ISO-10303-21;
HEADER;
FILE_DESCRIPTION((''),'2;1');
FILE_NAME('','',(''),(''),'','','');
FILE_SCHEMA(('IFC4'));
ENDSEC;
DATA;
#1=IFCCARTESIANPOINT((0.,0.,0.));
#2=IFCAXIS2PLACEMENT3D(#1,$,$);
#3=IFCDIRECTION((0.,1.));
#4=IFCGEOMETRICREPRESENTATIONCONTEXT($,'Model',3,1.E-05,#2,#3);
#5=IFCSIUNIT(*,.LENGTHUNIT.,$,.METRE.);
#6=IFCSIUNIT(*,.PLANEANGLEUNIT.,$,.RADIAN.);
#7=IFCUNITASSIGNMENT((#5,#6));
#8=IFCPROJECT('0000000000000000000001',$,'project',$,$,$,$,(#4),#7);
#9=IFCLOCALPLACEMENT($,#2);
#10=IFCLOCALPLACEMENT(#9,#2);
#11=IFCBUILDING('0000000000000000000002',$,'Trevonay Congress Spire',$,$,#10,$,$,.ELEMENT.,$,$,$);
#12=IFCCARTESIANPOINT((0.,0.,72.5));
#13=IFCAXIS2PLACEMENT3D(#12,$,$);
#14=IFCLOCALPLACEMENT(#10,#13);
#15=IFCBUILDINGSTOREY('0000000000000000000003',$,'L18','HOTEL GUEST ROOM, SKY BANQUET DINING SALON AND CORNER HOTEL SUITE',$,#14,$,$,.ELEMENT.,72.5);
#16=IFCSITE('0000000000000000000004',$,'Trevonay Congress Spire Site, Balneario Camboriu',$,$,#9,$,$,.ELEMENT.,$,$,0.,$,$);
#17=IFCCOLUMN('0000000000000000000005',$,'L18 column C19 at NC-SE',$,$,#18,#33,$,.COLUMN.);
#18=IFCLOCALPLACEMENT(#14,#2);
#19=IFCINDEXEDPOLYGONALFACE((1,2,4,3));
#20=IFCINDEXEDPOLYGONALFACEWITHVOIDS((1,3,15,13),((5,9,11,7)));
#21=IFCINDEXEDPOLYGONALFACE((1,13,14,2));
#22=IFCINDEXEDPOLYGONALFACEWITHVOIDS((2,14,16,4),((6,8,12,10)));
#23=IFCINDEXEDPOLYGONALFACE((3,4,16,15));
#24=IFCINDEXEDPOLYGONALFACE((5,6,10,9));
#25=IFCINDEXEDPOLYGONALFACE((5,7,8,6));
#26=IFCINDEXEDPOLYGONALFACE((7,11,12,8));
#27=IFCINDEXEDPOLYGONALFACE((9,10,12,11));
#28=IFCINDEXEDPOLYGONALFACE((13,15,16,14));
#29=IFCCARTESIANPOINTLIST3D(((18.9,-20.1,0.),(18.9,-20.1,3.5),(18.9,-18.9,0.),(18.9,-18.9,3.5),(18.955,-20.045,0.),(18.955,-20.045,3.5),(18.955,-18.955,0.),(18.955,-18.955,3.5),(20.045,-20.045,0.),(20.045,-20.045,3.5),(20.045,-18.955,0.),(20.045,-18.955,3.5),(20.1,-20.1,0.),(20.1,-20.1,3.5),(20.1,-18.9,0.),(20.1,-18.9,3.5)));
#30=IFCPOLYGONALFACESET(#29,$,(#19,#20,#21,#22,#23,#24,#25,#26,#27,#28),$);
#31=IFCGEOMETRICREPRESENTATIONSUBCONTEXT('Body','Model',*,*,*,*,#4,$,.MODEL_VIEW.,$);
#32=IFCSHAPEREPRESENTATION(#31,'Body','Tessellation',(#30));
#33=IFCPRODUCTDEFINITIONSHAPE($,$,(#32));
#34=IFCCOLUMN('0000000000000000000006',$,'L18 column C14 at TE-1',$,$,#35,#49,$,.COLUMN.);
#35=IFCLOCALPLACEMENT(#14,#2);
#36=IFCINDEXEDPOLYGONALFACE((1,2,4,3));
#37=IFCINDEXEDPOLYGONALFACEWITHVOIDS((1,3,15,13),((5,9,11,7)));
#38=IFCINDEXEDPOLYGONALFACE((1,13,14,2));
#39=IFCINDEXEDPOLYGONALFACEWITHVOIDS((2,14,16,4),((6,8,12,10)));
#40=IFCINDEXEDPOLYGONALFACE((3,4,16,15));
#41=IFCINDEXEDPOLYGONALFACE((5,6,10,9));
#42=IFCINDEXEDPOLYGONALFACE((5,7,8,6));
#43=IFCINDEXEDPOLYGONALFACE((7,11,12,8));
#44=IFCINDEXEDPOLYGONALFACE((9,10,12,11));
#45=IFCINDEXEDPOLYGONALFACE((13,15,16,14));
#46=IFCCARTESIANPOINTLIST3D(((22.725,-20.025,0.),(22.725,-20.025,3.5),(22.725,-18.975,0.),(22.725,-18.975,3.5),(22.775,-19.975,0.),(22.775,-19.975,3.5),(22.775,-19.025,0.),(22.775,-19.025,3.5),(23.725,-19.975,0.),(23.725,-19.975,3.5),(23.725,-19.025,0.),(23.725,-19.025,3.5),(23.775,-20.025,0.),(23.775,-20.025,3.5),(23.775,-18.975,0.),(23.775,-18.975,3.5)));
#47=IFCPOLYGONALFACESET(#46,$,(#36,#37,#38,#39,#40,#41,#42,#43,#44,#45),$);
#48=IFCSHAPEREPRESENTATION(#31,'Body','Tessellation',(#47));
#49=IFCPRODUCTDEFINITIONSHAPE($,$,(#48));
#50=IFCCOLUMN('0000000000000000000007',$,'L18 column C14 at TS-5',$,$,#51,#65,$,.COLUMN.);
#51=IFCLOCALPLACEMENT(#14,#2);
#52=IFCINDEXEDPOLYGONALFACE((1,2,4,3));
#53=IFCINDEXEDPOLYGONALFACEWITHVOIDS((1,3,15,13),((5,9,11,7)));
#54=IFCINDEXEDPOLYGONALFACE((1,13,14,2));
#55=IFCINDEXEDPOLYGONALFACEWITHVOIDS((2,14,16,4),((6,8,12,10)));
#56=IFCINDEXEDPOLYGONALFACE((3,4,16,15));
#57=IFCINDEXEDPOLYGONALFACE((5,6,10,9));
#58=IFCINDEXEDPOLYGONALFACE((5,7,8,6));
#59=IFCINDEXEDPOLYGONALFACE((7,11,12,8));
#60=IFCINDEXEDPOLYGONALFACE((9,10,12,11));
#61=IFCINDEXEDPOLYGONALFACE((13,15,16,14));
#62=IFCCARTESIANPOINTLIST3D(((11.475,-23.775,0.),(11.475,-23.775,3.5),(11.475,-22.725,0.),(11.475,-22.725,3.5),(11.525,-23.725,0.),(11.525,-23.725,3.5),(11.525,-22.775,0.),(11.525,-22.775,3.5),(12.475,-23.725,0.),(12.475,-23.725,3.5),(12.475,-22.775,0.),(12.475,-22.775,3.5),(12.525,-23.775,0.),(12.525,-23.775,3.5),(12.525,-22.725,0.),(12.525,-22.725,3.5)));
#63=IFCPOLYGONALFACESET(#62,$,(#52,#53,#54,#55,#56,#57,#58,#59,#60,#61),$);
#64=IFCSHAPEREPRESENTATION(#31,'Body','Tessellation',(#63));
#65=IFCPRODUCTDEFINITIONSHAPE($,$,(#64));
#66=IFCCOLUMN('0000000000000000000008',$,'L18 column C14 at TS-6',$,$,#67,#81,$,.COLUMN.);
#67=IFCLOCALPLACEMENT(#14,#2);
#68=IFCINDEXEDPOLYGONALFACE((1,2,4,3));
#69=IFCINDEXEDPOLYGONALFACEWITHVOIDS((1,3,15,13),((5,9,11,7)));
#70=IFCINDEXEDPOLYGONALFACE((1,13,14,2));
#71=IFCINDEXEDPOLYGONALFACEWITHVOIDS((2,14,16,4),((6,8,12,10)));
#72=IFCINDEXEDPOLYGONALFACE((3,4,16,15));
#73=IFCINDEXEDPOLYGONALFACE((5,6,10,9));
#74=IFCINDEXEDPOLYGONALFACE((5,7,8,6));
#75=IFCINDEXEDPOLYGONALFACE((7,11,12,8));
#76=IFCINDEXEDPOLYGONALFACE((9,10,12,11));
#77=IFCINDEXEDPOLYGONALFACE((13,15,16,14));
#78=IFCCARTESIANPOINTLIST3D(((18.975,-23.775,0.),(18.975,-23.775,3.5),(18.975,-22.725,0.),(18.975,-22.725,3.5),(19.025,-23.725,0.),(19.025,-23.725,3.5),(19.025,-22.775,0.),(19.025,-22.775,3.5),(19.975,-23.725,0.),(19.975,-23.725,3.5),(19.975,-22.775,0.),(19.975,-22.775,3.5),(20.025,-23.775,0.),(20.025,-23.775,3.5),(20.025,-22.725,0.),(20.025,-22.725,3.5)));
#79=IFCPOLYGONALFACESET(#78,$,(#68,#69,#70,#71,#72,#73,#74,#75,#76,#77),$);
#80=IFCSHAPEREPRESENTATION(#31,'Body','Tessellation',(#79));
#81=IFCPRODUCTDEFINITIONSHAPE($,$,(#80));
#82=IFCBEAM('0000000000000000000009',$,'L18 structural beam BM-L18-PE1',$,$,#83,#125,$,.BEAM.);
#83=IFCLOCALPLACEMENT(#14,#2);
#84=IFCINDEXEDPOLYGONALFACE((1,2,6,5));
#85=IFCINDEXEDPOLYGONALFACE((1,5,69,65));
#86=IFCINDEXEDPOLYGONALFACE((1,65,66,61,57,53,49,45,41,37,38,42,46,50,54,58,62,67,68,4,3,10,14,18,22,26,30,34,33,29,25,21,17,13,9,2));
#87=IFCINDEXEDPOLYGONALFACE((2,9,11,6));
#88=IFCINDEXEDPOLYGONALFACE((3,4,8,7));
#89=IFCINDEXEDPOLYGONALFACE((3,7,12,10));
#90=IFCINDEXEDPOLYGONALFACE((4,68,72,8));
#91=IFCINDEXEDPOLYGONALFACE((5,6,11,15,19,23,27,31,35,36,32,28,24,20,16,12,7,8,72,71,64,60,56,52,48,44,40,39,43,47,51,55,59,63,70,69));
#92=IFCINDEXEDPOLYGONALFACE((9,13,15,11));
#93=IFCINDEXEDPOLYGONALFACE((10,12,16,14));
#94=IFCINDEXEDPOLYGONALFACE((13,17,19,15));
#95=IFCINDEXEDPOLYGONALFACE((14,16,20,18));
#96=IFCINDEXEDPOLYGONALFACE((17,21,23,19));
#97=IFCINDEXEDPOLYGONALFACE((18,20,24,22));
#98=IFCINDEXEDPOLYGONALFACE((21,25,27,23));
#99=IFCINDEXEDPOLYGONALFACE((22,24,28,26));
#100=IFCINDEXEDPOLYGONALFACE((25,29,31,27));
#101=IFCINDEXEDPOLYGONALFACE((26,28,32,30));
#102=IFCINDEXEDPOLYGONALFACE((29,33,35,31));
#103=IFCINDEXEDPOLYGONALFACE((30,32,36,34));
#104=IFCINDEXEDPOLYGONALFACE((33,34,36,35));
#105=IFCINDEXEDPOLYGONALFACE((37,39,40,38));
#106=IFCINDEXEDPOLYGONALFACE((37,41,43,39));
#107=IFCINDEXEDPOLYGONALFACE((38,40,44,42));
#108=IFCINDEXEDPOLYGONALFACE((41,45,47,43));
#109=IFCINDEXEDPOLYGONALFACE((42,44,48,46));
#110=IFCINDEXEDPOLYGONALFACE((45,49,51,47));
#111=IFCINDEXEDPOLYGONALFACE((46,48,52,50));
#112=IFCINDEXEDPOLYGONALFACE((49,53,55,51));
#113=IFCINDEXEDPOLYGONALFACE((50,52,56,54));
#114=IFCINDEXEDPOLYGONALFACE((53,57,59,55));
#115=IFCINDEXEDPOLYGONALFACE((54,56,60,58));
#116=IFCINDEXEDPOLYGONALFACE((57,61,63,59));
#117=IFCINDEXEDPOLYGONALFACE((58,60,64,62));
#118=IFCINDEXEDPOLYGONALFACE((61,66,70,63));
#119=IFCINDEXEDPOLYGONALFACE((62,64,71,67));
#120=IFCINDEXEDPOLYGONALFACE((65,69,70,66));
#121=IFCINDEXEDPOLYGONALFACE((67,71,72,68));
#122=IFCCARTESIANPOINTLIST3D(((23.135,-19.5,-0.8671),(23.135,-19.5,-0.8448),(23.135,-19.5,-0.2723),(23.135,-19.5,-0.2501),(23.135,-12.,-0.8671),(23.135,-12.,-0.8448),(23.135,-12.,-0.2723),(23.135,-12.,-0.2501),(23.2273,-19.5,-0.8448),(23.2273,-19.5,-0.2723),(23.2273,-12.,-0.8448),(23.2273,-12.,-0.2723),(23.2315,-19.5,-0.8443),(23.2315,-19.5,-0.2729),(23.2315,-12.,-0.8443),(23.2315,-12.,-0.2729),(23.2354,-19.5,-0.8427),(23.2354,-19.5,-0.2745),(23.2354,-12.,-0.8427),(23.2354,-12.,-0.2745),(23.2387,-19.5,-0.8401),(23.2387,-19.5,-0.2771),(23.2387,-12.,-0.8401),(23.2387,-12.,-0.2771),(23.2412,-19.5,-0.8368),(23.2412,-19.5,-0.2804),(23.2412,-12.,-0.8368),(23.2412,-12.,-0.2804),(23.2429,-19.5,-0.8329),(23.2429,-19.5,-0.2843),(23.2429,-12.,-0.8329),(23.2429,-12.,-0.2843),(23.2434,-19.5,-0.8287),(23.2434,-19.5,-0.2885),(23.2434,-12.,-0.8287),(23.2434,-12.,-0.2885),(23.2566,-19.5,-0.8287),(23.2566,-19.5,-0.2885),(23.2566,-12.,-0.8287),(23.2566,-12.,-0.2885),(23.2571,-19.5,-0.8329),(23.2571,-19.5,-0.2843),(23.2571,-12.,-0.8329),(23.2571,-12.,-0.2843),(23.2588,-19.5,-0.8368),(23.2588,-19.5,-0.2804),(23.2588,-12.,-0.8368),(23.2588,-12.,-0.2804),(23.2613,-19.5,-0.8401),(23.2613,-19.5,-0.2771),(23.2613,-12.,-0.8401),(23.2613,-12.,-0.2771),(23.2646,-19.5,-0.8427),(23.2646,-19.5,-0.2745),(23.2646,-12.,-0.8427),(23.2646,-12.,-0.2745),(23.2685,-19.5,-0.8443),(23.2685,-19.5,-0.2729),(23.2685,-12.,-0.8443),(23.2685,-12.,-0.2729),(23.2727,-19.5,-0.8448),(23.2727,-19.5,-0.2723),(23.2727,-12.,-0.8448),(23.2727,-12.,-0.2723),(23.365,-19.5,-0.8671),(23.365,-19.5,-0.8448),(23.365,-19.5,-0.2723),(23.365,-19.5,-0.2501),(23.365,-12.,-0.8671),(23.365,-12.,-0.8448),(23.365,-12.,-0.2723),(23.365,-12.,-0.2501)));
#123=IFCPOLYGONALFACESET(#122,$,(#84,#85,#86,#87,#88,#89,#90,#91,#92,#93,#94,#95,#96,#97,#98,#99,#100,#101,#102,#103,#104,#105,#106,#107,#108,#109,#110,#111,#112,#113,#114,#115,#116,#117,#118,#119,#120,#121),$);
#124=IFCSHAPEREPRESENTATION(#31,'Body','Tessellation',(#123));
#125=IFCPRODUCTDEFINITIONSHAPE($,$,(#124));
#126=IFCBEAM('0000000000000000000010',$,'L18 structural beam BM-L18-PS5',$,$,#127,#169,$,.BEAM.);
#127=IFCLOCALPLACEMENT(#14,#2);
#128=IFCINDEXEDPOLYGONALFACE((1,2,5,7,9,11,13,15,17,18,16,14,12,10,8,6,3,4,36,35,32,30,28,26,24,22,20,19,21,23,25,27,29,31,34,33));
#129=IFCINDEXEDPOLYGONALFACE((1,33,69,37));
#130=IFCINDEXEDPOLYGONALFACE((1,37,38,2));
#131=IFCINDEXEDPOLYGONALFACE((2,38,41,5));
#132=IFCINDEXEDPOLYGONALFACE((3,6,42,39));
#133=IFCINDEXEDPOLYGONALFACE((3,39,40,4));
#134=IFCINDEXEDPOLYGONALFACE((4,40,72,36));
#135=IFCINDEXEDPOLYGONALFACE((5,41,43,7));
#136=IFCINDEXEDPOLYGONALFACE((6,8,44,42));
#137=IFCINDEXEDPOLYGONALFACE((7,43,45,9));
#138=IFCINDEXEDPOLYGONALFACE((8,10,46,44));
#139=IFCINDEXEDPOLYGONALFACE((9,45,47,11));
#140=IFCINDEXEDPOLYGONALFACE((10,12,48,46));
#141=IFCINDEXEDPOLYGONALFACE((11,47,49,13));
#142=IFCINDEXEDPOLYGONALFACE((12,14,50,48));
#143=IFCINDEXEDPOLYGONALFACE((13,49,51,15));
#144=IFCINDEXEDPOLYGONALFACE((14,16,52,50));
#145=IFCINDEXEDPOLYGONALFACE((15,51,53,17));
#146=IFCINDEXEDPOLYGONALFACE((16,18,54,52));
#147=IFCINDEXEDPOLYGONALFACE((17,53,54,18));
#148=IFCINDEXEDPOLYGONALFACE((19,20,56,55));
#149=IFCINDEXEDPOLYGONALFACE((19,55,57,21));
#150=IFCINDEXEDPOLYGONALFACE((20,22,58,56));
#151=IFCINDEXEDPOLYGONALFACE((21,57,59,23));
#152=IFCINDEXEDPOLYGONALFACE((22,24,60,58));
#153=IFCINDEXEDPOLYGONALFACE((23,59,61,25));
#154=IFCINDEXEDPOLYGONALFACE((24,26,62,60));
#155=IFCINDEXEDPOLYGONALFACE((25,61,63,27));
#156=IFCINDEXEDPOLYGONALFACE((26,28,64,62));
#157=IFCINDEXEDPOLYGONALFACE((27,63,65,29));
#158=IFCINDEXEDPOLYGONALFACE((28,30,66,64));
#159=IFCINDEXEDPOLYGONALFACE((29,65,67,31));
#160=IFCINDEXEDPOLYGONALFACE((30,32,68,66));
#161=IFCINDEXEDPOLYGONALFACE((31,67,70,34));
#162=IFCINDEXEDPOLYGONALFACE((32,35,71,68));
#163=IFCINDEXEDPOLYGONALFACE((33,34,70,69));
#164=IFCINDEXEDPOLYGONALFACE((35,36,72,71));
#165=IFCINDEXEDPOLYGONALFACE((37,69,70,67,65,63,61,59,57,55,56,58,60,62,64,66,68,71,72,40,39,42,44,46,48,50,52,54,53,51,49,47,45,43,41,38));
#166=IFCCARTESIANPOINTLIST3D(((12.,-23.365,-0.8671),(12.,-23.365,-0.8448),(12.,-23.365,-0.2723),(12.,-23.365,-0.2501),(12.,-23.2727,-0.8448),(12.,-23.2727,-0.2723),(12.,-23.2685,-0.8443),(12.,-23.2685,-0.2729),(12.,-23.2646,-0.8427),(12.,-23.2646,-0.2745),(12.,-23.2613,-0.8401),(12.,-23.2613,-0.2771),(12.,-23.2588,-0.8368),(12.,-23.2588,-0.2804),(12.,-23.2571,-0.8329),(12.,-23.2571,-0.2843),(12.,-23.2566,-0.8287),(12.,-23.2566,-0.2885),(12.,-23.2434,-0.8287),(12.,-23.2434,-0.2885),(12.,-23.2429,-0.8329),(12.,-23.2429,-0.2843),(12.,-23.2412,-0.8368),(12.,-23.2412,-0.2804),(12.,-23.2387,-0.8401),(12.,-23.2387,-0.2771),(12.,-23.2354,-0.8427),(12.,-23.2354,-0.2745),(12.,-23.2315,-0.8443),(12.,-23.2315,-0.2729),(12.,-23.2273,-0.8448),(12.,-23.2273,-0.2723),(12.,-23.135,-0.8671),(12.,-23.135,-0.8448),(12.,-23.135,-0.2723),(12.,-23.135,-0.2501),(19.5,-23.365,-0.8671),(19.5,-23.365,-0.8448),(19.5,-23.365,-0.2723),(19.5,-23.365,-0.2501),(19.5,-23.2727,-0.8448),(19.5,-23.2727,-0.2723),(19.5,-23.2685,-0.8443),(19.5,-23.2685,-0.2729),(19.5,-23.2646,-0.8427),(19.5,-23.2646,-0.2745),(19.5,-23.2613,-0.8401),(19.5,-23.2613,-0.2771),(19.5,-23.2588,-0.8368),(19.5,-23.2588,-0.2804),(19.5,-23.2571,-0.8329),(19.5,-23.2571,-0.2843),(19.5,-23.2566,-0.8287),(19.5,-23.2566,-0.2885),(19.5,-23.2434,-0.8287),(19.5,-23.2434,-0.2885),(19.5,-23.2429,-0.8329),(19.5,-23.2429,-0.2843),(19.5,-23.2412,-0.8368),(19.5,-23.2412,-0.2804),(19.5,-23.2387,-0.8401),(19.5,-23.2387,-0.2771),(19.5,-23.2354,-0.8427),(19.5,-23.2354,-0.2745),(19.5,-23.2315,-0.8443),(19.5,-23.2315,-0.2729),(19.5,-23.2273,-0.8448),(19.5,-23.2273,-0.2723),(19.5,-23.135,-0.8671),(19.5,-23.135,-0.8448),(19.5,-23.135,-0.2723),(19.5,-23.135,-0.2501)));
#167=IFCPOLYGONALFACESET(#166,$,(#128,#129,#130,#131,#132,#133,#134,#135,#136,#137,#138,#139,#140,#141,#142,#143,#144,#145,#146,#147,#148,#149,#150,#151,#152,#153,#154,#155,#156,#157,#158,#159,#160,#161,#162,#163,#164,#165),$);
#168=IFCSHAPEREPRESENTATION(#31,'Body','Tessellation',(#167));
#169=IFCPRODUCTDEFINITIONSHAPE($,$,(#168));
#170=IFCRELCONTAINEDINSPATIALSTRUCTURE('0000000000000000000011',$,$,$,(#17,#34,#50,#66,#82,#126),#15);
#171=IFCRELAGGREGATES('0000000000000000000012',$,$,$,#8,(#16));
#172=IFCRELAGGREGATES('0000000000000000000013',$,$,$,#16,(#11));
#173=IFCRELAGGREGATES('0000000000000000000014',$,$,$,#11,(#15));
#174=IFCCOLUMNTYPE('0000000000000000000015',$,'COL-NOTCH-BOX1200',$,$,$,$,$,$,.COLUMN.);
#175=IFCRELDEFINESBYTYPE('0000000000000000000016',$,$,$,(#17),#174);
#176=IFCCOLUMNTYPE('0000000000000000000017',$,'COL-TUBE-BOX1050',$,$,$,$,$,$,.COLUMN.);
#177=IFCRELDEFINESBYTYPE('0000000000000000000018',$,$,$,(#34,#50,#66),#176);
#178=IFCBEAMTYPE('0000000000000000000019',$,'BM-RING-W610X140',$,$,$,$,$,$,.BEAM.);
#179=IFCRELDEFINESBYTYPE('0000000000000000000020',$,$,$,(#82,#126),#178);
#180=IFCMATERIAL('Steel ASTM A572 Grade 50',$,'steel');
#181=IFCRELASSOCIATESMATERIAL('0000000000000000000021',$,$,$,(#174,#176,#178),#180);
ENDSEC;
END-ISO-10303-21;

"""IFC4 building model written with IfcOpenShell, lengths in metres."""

from ifc_helpers import new_model, si_unit, direction, frame, origin, origin_2d, place, context, subcontext, project, spatial, hollow_rectangle, i_section, extrude, material, material_profile, profile_set, type_object, element, save


model = new_model("IFC4")

# Units and contexts
model_context = context("Model", 3, precision=1e-05, world=origin(), true_north=direction((0.0, 1.0)))
body_context = subcontext(model_context, "Body", "Model", "MODEL_VIEW")
ifc_project = project(units=[si_unit("LENGTHUNIT", "METRE"), si_unit("PLANEANGLEUNIT", "RADIAN")], contexts=[model_context])

# Site, building, storey
site_placement = place(None, origin())
site = spatial("IfcSite", under=ifc_project, at=site_placement, Name="Trevonay Congress Spire Site, Balneario Camboriu", CompositionType="ELEMENT", RefElevation=0.0)
building_placement = place(site_placement, origin())
building = spatial("IfcBuilding", under=site, at=building_placement, Name="Trevonay Congress Spire", CompositionType="ELEMENT")
storey_placement = place(building_placement, frame((0.0, 0.0, 72.5)))
storey = spatial("IfcBuildingStorey", under=building, at=storey_placement, Name="L18", Description="HOTEL GUEST ROOM, SKY BANQUET DINING SALON AND CORNER HOTEL SUITE", CompositionType="ELEMENT", Elevation=72.5)

# Columns
ifc_material_1 = material(Name="Steel ASTM A572 Grade 50", Category="steel")
ifc_material_profile_1 = material_profile(ifc_material_1, hollow_rectangle(XDim=1.2, YDim=1.2, WallThickness=0.0549, at=origin_2d()), Name="BOX 1200x1200x55")
ifc_profile_set_1 = profile_set([ifc_material_profile_1], Name="Steel ASTM A572 Grade 50")
column_type_1 = type_object("IfcColumnType", Name="COL-NOTCH-BOX1200", PredefinedType="COLUMN", material=ifc_profile_set_1)
column_placement = place(storey_placement, frame((19.5, -19.5, 0.0), z_axis=(0.0, 0.0, 1.0), x_axis=(1.0, 0.0, 0.0)))
element("IfcColumn", 1, at=column_placement, inside=storey, type_object=column_type_1, Name="L18 column C19 at NC-SE", PredefinedType="COLUMN", context=body_context, shape_type="SweptSolid", body=[
    extrude(hollow_rectangle(XDim=1.2, YDim=1.2, WallThickness=0.0549, at=origin_2d()), origin(), (0.0, 0.0, 1.0), 3.5),
])
ifc_material_profile_2 = material_profile(ifc_material_1, hollow_rectangle(XDim=1.05, YDim=1.05, WallThickness=0.05, at=origin_2d()), Name="BOX 1050x1050x50")
ifc_profile_set_2 = profile_set([ifc_material_profile_2], Name="Steel ASTM A572 Grade 50")
column_type_2 = type_object("IfcColumnType", Name="COL-TUBE-BOX1050", PredefinedType="COLUMN", material=ifc_profile_set_2)
for number, where, z_axis, x_axis, name in (
    (2, (23.25, -19.5, 0.0), (0.0, 0.0, 1.0), (1.0, 0.0, 0.0), "L18 column C14 at TE-1"),
    (3, (12.0, -23.25, 0.0), (0.0, 0.0, 1.0), (1.0, 0.0, 0.0), "L18 column C14 at TS-5"),
    (4, (19.5, -23.25, 0.0), (0.0, 0.0, 1.0), (1.0, 0.0, 0.0), "L18 column C14 at TS-6"),
):
    element("IfcColumn", number, at=place(storey_placement, frame(where, z_axis=z_axis, x_axis=x_axis)), inside=storey, type_object=column_type_2, Name=name, PredefinedType="COLUMN", context=body_context, shape_type="SweptSolid", body=[
        extrude(hollow_rectangle(XDim=1.05, YDim=1.05, WallThickness=0.05, at=origin_2d()), origin(), (0.0, 0.0, 1.0), 3.5),
    ])

# Beams
ifc_material_profile_3 = material_profile(ifc_material_1, i_section(OverallWidth=0.23, OverallDepth=0.6169, WebThickness=0.0132, FlangeThickness=0.0222, FilletRadius=0.0161, at=origin_2d()), Name="W610x140")
ifc_profile_set_3 = profile_set([ifc_material_profile_3], Name="Steel ASTM A572 Grade 50")
beam_type = type_object("IfcBeamType", Name="BM-RING-W610X140", PredefinedType="BEAM", material=ifc_profile_set_3)
for number, where, z_axis, x_axis, name in (
    (5, (23.25, -19.5, -0.5586), (0.0, 1.0, 0.0), (-1.0, 0.0, 0.0), "L18 structural beam BM-L18-PE1"),
    (6, (12.0, -23.25, -0.5586), (1.0, 0.0, 0.0), (0.0, 1.0, 0.0), "L18 structural beam BM-L18-PS5"),
):
    element("IfcBeam", number, at=place(storey_placement, frame(where, z_axis=z_axis, x_axis=x_axis)), inside=storey, type_object=beam_type, Name=name, PredefinedType="BEAM", context=body_context, shape_type="SweptSolid", body=[
        extrude(i_section(OverallWidth=0.23, OverallDepth=0.6169, WebThickness=0.0132, FlangeThickness=0.0222, FilletRadius=0.0161, at=origin_2d()), origin(), (0.0, 0.0, 1.0), 7.5),
    ])

save(model, "model.ifc")
